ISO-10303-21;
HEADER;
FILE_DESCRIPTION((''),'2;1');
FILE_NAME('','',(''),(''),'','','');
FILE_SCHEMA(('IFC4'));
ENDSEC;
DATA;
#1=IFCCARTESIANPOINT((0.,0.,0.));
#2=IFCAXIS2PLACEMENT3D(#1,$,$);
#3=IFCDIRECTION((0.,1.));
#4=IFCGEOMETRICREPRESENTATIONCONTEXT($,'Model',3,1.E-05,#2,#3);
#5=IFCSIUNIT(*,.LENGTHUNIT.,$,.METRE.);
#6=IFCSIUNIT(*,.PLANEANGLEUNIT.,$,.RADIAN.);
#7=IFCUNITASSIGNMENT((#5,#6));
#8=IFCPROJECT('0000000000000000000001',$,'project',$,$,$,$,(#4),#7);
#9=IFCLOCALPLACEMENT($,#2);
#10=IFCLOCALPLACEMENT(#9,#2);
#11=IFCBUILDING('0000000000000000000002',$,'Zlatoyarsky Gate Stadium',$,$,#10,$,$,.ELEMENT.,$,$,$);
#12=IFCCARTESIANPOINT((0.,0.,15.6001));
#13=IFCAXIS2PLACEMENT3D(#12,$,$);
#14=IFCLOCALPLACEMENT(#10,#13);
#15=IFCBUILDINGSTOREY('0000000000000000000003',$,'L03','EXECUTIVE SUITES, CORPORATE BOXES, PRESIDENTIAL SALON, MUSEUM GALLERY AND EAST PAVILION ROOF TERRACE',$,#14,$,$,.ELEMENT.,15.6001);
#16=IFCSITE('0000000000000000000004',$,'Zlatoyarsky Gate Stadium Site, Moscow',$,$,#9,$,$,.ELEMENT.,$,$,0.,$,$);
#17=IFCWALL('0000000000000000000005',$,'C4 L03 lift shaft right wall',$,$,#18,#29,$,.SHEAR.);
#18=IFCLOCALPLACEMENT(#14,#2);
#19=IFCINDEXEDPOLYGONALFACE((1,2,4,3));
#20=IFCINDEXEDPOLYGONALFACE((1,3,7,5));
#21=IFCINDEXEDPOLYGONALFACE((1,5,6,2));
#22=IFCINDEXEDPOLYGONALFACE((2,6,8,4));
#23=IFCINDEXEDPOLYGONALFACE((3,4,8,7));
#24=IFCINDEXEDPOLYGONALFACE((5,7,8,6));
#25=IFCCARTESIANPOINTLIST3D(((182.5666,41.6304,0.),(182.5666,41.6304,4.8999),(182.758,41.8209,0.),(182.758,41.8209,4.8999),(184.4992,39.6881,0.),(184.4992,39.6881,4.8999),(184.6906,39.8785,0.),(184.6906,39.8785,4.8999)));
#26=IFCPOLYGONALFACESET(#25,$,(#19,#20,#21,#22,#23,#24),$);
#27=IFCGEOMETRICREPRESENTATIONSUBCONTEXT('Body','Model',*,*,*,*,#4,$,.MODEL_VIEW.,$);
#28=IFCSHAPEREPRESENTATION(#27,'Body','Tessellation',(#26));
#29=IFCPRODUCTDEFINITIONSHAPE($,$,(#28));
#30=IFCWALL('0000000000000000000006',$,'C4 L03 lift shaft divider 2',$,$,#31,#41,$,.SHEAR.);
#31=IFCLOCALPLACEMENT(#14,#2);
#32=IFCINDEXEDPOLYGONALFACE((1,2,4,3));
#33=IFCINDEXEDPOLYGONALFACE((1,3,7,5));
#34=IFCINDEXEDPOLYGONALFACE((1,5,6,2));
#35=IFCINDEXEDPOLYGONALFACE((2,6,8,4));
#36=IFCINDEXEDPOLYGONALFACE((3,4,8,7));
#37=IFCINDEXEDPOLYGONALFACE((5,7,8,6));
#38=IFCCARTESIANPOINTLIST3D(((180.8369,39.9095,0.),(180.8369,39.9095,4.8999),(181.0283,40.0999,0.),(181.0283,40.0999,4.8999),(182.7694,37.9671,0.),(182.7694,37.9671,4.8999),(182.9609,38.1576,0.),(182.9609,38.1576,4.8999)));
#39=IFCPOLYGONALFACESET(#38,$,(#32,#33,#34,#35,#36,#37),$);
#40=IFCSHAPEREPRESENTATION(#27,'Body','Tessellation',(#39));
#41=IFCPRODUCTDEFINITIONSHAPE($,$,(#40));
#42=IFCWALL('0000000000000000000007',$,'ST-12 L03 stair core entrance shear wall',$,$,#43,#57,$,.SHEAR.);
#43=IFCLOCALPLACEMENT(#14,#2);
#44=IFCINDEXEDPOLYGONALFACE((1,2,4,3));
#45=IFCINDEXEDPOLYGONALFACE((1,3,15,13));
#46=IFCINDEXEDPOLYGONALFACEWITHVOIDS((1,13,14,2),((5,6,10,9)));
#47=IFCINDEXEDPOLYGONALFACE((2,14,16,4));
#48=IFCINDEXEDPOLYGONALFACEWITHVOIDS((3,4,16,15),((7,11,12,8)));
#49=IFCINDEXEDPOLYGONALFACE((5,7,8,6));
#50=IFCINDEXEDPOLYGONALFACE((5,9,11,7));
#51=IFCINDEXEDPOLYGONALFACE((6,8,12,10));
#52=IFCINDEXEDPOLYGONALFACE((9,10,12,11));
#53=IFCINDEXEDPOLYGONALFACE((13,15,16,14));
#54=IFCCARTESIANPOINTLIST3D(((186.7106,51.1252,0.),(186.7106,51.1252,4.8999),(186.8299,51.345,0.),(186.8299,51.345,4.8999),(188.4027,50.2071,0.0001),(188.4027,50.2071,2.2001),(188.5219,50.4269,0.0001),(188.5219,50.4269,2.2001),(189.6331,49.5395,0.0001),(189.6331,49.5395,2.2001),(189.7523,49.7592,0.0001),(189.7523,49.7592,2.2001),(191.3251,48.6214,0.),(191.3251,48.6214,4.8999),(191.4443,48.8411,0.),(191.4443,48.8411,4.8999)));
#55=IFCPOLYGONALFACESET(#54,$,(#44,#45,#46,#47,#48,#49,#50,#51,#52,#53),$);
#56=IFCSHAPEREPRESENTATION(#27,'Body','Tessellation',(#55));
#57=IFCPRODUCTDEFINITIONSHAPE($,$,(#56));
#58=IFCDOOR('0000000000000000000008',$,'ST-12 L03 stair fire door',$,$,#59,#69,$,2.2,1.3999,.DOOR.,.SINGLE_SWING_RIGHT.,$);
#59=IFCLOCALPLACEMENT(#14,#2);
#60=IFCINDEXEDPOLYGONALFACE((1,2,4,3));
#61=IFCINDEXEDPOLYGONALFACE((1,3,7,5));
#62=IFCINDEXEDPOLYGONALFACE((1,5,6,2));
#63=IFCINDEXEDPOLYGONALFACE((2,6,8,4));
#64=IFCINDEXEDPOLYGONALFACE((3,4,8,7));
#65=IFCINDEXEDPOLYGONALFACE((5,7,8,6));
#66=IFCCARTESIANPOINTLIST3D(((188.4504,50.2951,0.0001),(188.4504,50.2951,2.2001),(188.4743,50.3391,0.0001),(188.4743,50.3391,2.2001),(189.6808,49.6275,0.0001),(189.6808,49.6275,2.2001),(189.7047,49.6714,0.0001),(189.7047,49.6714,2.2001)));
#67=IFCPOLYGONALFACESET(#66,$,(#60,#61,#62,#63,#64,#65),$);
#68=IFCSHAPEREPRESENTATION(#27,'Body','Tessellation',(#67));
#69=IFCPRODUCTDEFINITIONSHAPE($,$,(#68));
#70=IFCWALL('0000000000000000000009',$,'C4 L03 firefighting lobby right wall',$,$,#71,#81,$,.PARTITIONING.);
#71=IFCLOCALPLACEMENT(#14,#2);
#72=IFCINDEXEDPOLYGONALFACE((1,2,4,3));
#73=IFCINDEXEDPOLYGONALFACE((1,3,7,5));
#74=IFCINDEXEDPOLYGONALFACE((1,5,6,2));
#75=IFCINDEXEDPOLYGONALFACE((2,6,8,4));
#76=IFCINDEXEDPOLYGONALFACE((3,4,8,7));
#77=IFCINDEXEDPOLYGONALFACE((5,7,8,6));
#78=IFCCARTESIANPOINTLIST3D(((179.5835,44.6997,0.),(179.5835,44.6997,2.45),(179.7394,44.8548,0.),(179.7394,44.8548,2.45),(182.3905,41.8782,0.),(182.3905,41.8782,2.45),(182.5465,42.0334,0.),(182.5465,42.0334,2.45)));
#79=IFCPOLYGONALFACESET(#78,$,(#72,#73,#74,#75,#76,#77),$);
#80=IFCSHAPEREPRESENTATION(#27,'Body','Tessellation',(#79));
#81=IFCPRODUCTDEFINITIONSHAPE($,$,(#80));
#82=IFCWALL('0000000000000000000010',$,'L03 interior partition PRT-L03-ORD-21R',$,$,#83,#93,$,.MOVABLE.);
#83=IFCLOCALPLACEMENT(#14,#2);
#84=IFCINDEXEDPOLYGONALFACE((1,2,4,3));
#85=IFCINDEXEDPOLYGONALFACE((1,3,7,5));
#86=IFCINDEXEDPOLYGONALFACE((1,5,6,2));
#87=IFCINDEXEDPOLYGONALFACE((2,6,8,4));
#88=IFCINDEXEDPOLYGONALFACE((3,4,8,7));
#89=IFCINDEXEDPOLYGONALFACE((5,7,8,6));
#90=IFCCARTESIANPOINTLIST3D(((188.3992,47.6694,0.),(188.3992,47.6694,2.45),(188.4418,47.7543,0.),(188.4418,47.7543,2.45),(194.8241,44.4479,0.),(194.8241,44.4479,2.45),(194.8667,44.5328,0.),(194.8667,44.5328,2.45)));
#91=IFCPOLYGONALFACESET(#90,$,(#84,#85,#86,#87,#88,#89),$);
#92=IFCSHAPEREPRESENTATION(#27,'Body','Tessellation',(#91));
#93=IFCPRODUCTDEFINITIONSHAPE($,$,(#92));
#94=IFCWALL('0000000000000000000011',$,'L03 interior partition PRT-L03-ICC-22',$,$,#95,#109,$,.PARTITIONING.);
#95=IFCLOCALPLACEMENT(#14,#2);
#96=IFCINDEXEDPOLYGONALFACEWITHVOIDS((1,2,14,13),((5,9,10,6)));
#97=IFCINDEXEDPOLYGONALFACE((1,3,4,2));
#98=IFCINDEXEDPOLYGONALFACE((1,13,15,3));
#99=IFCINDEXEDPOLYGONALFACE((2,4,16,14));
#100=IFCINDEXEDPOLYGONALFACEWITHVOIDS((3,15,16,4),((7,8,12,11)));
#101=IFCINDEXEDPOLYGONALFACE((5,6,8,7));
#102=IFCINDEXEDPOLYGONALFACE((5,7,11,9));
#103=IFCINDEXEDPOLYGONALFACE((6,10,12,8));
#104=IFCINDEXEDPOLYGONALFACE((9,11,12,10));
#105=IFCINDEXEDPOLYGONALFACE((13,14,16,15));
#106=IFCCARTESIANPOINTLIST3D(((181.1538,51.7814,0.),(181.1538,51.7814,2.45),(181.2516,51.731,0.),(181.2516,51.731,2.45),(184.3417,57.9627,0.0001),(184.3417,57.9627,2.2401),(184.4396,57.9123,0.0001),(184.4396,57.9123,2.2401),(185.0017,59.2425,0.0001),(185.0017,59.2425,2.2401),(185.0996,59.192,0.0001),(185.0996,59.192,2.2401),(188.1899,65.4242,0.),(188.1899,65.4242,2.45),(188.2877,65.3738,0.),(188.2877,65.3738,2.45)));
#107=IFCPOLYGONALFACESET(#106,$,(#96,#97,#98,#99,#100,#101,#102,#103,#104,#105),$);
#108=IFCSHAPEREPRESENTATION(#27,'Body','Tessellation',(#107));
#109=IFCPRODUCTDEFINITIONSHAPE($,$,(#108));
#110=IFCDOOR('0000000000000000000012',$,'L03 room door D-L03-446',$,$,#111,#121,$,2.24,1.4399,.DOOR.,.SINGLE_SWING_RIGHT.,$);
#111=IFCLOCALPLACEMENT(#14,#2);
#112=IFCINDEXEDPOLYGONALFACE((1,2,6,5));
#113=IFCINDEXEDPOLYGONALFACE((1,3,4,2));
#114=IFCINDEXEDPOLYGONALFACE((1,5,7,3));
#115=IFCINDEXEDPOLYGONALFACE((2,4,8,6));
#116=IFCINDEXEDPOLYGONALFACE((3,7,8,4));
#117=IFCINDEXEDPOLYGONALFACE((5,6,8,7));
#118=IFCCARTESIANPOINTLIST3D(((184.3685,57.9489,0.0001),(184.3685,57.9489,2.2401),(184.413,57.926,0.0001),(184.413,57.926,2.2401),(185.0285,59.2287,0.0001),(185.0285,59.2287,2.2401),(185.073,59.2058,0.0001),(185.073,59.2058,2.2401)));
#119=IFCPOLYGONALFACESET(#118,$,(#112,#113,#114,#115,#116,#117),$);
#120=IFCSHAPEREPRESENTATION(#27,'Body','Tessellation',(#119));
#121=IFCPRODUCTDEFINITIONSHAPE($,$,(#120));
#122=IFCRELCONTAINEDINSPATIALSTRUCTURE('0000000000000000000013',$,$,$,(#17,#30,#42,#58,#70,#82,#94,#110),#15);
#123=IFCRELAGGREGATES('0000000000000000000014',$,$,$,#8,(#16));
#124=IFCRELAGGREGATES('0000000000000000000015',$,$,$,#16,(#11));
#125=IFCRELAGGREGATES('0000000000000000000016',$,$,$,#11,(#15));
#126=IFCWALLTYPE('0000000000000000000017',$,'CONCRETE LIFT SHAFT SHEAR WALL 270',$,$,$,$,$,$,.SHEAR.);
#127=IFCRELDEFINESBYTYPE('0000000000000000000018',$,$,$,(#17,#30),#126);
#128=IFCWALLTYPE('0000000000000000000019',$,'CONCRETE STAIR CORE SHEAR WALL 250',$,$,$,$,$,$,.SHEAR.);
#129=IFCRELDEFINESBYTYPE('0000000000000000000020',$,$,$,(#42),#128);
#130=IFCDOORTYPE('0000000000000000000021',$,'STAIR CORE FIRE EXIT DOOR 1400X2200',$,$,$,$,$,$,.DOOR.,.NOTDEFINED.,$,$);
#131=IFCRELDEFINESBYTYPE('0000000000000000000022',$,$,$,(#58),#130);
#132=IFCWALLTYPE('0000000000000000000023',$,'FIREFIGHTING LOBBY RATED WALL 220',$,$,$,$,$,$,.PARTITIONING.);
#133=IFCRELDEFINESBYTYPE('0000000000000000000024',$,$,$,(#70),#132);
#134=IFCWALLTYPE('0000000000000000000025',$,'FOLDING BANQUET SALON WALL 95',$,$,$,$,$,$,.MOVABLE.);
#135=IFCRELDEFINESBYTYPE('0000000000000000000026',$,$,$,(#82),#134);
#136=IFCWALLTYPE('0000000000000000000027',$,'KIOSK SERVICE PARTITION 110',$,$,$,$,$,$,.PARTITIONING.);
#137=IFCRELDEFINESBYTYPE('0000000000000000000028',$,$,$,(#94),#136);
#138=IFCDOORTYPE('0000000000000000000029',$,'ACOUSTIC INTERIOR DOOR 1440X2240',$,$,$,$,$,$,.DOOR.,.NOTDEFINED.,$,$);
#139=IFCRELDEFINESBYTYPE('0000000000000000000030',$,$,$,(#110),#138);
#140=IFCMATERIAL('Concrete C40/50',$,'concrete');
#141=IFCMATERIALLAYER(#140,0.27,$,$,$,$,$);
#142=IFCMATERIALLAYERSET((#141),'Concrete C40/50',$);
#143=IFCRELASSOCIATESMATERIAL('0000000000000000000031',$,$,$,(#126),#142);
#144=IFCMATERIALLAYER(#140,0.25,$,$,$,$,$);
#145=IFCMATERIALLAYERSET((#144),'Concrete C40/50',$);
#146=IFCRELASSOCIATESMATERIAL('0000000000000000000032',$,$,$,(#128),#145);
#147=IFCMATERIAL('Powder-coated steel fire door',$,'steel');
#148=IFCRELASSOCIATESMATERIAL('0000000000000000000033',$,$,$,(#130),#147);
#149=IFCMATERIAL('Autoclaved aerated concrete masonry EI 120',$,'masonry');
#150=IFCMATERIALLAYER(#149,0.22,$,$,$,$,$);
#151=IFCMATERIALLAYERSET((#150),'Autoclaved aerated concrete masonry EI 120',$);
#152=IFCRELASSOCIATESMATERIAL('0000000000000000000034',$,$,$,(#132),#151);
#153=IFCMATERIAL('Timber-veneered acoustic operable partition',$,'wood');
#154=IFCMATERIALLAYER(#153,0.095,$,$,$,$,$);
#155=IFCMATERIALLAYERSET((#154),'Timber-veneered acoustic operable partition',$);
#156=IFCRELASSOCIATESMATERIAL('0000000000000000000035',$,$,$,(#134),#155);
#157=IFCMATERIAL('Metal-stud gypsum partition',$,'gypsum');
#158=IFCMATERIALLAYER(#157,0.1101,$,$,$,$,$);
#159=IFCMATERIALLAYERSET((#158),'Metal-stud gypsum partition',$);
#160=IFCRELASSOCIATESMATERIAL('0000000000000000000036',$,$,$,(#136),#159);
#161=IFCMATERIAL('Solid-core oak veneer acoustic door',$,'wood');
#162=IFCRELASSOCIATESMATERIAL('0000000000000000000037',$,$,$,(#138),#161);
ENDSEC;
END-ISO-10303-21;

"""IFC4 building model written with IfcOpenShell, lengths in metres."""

from ifc_helpers import new_model, si_unit, direction, frame, frame_2d, origin, place, context, subcontext, project, spatial, rectangle, extrude, material, layer, layer_set, type_object, element, fill, save


model = new_model("IFC4")

# Units and contexts
model_context = context("Model", 3, precision=1e-05, world=origin(), true_north=direction((0.0, 1.0)))
body_context = subcontext(model_context, "Body", "Model", "MODEL_VIEW")
ifc_project = project(units=[si_unit("LENGTHUNIT", "METRE"), si_unit("PLANEANGLEUNIT", "RADIAN")], contexts=[model_context])

# Site, building, storey
site_placement = place(None, origin())
site = spatial("IfcSite", under=ifc_project, at=site_placement, Name="Zlatoyarsky Gate Stadium Site, Moscow", CompositionType="ELEMENT", RefElevation=0.0)
building_placement = place(site_placement, origin())
building = spatial("IfcBuilding", under=site, at=building_placement, Name="Zlatoyarsky Gate Stadium", CompositionType="ELEMENT")
storey_placement = place(building_placement, frame((0.0, 0.0, 15.6001)))
storey = spatial("IfcBuildingStorey", under=building, at=storey_placement, Name="L03", Description="EXECUTIVE SUITES, CORPORATE BOXES, PRESIDENTIAL SALON, MUSEUM GALLERY AND EAST PAVILION ROOF TERRACE", CompositionType="ELEMENT", Elevation=15.6001)

# Shared definitions
ifc_material_1 = material(Name="Solid-core oak veneer acoustic door", Category="wood")

# Walls
ifc_material_2 = material(Name="Concrete C40/50", Category="concrete")
ifc_layer_1 = layer(ifc_material_2, 0.27)
ifc_layer_set_1 = layer_set([ifc_layer_1], Name="Concrete C40/50")
wall_type_1 = type_object("IfcWallType", Name="CONCRETE LIFT SHAFT SHEAR WALL 270", PredefinedType="SHEAR", material=ifc_layer_set_1)
for number, where, z_axis, x_axis, name in (
    (1, (184.595, 39.7832, 0.0), (0.0, 0.0, 1.0), (-0.705323, 0.708887, 0.0), "C4 L03 lift shaft right wall"),
    (2, (182.8652, 38.0623, 0.0), (0.0, 0.0, 1.0), (-0.705323, 0.708887, 0.0), "C4 L03 lift shaft divider 2"),
):
    element("IfcWall", number, at=place(storey_placement, frame(where, z_axis=z_axis, x_axis=x_axis)), inside=storey, type_object=wall_type_1, Name=name, PredefinedType="SHEAR", context=body_context, shape_type="SweptSolid", body=[
        extrude(rectangle(XDim=2.74, YDim=0.27, at=frame_2d((1.3701, 0.0))), origin(), (0.0, 0.0, 1.0), 4.8999),
    ])

# Wall, opening, door
ifc_layer_2 = layer(ifc_material_2, 0.25)
ifc_layer_set_2 = layer_set([ifc_layer_2], Name="Concrete C40/50")
wall_type_2 = type_object("IfcWallType", Name="CONCRETE STAIR CORE SHEAR WALL 250", PredefinedType="SHEAR", material=ifc_layer_set_2)
wall_1_placement = place(storey_placement, frame((186.7703, 51.2351, 0.0), z_axis=(0.0, 0.0, 1.0), x_axis=(0.878942, -0.476929, 0.0)))
wall_1 = element("IfcWall", 3, at=wall_1_placement, inside=storey, type_object=wall_type_2, Name="ST-12 L03 stair core entrance shear wall", PredefinedType="SHEAR", context=body_context, shape_type="SweptSolid", body=[
    extrude(rectangle(XDim=5.25, YDim=0.25, at=frame_2d((2.625, 0.0))), origin(), (0.0, 0.0, 1.0), 4.8999),
])
opening_1_placement = place(wall_1_placement, frame((1.925, 0.0, 0.0)))
opening_1 = element("IfcOpeningElement", 4, at=opening_1_placement, cuts=wall_1, PredefinedType="OPENING", context=body_context, shape_type="SweptSolid", body=[
    extrude(rectangle(XDim=1.3999, YDim=2.2, at=frame_2d((0.7, 1.1001))), frame((0.0, 0.135, 0.0), z_axis=(0.0, -1.0, 0.0), x_axis=(1.0, 0.0, 0.0)), (0.0, 0.0, 1.0), 0.27),
])
ifc_material_3 = material(Name="Powder-coated steel fire door", Category="steel")
door_type_1 = type_object("IfcDoorType", Name="STAIR CORE FIRE EXIT DOOR 1400X2200", OperationType="NOTDEFINED", PredefinedType="DOOR", material=ifc_material_3)
door_1_placement = place(opening_1_placement, frame((1.3999, 0.0, 0.0), z_axis=(0.0, 0.0, 1.0), x_axis=(-1.0, 0.0, 0.0)))
door_1 = element("IfcDoor", 5, at=door_1_placement, inside=storey, type_object=door_type_1, Name="ST-12 L03 stair fire door", OperationType="SINGLE_SWING_RIGHT", OverallHeight=2.2, OverallWidth=1.3999, PredefinedType="DOOR", context=body_context, shape_type="SweptSolid", body=[
    extrude(rectangle(XDim=1.3999, YDim=2.2, at=frame_2d((0.7, 1.1001))), frame((0.0, 0.0249, 0.0), z_axis=(0.0, -1.0, 0.0), x_axis=(1.0, 0.0, 0.0)), (0.0, 0.0, 1.0), 0.05),
])
fill(opening_1, door_1)

# Walls
ifc_material_4 = material(Name="Autoclaved aerated concrete masonry EI 120", Category="masonry")
ifc_layer_3 = layer(ifc_material_4, 0.22)
ifc_layer_set_3 = layer_set([ifc_layer_3], Name="Autoclaved aerated concrete masonry EI 120")
wall_type_3 = type_object("IfcWallType", Name="FIREFIGHTING LOBBY RATED WALL 220", PredefinedType="PARTITIONING", material=ifc_layer_set_3)
wall_2_placement = place(storey_placement, frame((182.4685, 41.9558, 0.0), z_axis=(0.0, 0.0, 1.0), x_axis=(-0.705295, 0.708914, 0.0)))
element("IfcWall", 6, at=wall_2_placement, inside=storey, type_object=wall_type_3, Name="C4 L03 firefighting lobby right wall", PredefinedType="PARTITIONING", context=body_context, shape_type="SweptSolid", body=[
    extrude(rectangle(XDim=3.98, YDim=0.22, at=frame_2d((1.99, 0.0))), origin(), (0.0, 0.0, 1.0), 2.45),
])
ifc_material_5 = material(Name="Timber-veneered acoustic operable partition", Category="wood")
ifc_layer_4 = layer(ifc_material_5, 0.095)
ifc_layer_set_4 = layer_set([ifc_layer_4], Name="Timber-veneered acoustic operable partition")
wall_type_4 = type_object("IfcWallType", Name="FOLDING BANQUET SALON WALL 95", PredefinedType="MOVABLE", material=ifc_layer_set_4)
wall_3_placement = place(storey_placement, frame((188.4204, 47.7119, 0.0), z_axis=(0.0, 0.0, 1.0), x_axis=(0.893924, -0.448219, 0.0)))
element("IfcWall", 7, at=wall_3_placement, inside=storey, type_object=wall_type_4, Name="L03 interior partition PRT-L03-ORD-21R", PredefinedType="MOVABLE", context=body_context, shape_type="SweptSolid", body=[
    extrude(rectangle(XDim=7.1873, YDim=0.095, at=frame_2d((3.5938, 0.0))), origin(), (0.0, 0.0, 1.0), 2.45),
])

# Wall, opening, door
ifc_material_6 = material(Name="Metal-stud gypsum partition", Category="gypsum")
ifc_layer_5 = layer(ifc_material_6, 0.1101)
ifc_layer_set_5 = layer_set([ifc_layer_5], Name="Metal-stud gypsum partition")
wall_type_5 = type_object("IfcWallType", Name="KIOSK SERVICE PARTITION 110", PredefinedType="PARTITIONING", material=ifc_layer_set_5)
wall_4_placement = place(storey_placement, frame((181.2026, 51.7561, 0.0), z_axis=(0.0, 0.0, 1.0), x_axis=(0.458369, 0.888762, 0.0)))
wall_4 = element("IfcWall", 8, at=wall_4_placement, inside=storey, type_object=wall_type_5, Name="L03 interior partition PRT-L03-ICC-22", PredefinedType="PARTITIONING", context=body_context, shape_type="SweptSolid", body=[
    extrude(rectangle(XDim=15.3503, YDim=0.1101, at=frame_2d((7.6753, 0.0))), origin(), (0.0, 0.0, 1.0), 2.45),
])
opening_2_placement = place(wall_4_placement, frame((6.9551, 0.0, 0.0)))
opening_2 = element("IfcOpeningElement", 9, at=opening_2_placement, cuts=wall_4, PredefinedType="OPENING", context=body_context, shape_type="SweptSolid", body=[
    extrude(rectangle(XDim=1.4399, YDim=2.24, at=frame_2d((0.72, 1.1201))), frame((0.0, 0.0649, 0.0), z_axis=(0.0, -1.0, 0.0), x_axis=(1.0, 0.0, 0.0)), (0.0, 0.0, 1.0), 0.1301),
])
door_type_2 = type_object("IfcDoorType", Name="ACOUSTIC INTERIOR DOOR 1440X2240", OperationType="NOTDEFINED", PredefinedType="DOOR", material=ifc_material_1)
door_2_placement = place(opening_2_placement, origin())
door_2 = element("IfcDoor", 10, at=door_2_placement, inside=storey, type_object=door_type_2, Name="L03 room door D-L03-446", OperationType="SINGLE_SWING_RIGHT", OverallHeight=2.24, OverallWidth=1.4399, PredefinedType="DOOR", context=body_context, shape_type="SweptSolid", body=[
    extrude(rectangle(XDim=1.4399, YDim=2.24, at=frame_2d((0.72, 1.1201))), frame((0.0, 0.0249, 0.0), z_axis=(0.0, -1.0, 0.0), x_axis=(1.0, 0.0, 0.0)), (0.0, 0.0, 1.0), 0.05),
])
fill(opening_2, door_2)

save(model, "model.ifc")
